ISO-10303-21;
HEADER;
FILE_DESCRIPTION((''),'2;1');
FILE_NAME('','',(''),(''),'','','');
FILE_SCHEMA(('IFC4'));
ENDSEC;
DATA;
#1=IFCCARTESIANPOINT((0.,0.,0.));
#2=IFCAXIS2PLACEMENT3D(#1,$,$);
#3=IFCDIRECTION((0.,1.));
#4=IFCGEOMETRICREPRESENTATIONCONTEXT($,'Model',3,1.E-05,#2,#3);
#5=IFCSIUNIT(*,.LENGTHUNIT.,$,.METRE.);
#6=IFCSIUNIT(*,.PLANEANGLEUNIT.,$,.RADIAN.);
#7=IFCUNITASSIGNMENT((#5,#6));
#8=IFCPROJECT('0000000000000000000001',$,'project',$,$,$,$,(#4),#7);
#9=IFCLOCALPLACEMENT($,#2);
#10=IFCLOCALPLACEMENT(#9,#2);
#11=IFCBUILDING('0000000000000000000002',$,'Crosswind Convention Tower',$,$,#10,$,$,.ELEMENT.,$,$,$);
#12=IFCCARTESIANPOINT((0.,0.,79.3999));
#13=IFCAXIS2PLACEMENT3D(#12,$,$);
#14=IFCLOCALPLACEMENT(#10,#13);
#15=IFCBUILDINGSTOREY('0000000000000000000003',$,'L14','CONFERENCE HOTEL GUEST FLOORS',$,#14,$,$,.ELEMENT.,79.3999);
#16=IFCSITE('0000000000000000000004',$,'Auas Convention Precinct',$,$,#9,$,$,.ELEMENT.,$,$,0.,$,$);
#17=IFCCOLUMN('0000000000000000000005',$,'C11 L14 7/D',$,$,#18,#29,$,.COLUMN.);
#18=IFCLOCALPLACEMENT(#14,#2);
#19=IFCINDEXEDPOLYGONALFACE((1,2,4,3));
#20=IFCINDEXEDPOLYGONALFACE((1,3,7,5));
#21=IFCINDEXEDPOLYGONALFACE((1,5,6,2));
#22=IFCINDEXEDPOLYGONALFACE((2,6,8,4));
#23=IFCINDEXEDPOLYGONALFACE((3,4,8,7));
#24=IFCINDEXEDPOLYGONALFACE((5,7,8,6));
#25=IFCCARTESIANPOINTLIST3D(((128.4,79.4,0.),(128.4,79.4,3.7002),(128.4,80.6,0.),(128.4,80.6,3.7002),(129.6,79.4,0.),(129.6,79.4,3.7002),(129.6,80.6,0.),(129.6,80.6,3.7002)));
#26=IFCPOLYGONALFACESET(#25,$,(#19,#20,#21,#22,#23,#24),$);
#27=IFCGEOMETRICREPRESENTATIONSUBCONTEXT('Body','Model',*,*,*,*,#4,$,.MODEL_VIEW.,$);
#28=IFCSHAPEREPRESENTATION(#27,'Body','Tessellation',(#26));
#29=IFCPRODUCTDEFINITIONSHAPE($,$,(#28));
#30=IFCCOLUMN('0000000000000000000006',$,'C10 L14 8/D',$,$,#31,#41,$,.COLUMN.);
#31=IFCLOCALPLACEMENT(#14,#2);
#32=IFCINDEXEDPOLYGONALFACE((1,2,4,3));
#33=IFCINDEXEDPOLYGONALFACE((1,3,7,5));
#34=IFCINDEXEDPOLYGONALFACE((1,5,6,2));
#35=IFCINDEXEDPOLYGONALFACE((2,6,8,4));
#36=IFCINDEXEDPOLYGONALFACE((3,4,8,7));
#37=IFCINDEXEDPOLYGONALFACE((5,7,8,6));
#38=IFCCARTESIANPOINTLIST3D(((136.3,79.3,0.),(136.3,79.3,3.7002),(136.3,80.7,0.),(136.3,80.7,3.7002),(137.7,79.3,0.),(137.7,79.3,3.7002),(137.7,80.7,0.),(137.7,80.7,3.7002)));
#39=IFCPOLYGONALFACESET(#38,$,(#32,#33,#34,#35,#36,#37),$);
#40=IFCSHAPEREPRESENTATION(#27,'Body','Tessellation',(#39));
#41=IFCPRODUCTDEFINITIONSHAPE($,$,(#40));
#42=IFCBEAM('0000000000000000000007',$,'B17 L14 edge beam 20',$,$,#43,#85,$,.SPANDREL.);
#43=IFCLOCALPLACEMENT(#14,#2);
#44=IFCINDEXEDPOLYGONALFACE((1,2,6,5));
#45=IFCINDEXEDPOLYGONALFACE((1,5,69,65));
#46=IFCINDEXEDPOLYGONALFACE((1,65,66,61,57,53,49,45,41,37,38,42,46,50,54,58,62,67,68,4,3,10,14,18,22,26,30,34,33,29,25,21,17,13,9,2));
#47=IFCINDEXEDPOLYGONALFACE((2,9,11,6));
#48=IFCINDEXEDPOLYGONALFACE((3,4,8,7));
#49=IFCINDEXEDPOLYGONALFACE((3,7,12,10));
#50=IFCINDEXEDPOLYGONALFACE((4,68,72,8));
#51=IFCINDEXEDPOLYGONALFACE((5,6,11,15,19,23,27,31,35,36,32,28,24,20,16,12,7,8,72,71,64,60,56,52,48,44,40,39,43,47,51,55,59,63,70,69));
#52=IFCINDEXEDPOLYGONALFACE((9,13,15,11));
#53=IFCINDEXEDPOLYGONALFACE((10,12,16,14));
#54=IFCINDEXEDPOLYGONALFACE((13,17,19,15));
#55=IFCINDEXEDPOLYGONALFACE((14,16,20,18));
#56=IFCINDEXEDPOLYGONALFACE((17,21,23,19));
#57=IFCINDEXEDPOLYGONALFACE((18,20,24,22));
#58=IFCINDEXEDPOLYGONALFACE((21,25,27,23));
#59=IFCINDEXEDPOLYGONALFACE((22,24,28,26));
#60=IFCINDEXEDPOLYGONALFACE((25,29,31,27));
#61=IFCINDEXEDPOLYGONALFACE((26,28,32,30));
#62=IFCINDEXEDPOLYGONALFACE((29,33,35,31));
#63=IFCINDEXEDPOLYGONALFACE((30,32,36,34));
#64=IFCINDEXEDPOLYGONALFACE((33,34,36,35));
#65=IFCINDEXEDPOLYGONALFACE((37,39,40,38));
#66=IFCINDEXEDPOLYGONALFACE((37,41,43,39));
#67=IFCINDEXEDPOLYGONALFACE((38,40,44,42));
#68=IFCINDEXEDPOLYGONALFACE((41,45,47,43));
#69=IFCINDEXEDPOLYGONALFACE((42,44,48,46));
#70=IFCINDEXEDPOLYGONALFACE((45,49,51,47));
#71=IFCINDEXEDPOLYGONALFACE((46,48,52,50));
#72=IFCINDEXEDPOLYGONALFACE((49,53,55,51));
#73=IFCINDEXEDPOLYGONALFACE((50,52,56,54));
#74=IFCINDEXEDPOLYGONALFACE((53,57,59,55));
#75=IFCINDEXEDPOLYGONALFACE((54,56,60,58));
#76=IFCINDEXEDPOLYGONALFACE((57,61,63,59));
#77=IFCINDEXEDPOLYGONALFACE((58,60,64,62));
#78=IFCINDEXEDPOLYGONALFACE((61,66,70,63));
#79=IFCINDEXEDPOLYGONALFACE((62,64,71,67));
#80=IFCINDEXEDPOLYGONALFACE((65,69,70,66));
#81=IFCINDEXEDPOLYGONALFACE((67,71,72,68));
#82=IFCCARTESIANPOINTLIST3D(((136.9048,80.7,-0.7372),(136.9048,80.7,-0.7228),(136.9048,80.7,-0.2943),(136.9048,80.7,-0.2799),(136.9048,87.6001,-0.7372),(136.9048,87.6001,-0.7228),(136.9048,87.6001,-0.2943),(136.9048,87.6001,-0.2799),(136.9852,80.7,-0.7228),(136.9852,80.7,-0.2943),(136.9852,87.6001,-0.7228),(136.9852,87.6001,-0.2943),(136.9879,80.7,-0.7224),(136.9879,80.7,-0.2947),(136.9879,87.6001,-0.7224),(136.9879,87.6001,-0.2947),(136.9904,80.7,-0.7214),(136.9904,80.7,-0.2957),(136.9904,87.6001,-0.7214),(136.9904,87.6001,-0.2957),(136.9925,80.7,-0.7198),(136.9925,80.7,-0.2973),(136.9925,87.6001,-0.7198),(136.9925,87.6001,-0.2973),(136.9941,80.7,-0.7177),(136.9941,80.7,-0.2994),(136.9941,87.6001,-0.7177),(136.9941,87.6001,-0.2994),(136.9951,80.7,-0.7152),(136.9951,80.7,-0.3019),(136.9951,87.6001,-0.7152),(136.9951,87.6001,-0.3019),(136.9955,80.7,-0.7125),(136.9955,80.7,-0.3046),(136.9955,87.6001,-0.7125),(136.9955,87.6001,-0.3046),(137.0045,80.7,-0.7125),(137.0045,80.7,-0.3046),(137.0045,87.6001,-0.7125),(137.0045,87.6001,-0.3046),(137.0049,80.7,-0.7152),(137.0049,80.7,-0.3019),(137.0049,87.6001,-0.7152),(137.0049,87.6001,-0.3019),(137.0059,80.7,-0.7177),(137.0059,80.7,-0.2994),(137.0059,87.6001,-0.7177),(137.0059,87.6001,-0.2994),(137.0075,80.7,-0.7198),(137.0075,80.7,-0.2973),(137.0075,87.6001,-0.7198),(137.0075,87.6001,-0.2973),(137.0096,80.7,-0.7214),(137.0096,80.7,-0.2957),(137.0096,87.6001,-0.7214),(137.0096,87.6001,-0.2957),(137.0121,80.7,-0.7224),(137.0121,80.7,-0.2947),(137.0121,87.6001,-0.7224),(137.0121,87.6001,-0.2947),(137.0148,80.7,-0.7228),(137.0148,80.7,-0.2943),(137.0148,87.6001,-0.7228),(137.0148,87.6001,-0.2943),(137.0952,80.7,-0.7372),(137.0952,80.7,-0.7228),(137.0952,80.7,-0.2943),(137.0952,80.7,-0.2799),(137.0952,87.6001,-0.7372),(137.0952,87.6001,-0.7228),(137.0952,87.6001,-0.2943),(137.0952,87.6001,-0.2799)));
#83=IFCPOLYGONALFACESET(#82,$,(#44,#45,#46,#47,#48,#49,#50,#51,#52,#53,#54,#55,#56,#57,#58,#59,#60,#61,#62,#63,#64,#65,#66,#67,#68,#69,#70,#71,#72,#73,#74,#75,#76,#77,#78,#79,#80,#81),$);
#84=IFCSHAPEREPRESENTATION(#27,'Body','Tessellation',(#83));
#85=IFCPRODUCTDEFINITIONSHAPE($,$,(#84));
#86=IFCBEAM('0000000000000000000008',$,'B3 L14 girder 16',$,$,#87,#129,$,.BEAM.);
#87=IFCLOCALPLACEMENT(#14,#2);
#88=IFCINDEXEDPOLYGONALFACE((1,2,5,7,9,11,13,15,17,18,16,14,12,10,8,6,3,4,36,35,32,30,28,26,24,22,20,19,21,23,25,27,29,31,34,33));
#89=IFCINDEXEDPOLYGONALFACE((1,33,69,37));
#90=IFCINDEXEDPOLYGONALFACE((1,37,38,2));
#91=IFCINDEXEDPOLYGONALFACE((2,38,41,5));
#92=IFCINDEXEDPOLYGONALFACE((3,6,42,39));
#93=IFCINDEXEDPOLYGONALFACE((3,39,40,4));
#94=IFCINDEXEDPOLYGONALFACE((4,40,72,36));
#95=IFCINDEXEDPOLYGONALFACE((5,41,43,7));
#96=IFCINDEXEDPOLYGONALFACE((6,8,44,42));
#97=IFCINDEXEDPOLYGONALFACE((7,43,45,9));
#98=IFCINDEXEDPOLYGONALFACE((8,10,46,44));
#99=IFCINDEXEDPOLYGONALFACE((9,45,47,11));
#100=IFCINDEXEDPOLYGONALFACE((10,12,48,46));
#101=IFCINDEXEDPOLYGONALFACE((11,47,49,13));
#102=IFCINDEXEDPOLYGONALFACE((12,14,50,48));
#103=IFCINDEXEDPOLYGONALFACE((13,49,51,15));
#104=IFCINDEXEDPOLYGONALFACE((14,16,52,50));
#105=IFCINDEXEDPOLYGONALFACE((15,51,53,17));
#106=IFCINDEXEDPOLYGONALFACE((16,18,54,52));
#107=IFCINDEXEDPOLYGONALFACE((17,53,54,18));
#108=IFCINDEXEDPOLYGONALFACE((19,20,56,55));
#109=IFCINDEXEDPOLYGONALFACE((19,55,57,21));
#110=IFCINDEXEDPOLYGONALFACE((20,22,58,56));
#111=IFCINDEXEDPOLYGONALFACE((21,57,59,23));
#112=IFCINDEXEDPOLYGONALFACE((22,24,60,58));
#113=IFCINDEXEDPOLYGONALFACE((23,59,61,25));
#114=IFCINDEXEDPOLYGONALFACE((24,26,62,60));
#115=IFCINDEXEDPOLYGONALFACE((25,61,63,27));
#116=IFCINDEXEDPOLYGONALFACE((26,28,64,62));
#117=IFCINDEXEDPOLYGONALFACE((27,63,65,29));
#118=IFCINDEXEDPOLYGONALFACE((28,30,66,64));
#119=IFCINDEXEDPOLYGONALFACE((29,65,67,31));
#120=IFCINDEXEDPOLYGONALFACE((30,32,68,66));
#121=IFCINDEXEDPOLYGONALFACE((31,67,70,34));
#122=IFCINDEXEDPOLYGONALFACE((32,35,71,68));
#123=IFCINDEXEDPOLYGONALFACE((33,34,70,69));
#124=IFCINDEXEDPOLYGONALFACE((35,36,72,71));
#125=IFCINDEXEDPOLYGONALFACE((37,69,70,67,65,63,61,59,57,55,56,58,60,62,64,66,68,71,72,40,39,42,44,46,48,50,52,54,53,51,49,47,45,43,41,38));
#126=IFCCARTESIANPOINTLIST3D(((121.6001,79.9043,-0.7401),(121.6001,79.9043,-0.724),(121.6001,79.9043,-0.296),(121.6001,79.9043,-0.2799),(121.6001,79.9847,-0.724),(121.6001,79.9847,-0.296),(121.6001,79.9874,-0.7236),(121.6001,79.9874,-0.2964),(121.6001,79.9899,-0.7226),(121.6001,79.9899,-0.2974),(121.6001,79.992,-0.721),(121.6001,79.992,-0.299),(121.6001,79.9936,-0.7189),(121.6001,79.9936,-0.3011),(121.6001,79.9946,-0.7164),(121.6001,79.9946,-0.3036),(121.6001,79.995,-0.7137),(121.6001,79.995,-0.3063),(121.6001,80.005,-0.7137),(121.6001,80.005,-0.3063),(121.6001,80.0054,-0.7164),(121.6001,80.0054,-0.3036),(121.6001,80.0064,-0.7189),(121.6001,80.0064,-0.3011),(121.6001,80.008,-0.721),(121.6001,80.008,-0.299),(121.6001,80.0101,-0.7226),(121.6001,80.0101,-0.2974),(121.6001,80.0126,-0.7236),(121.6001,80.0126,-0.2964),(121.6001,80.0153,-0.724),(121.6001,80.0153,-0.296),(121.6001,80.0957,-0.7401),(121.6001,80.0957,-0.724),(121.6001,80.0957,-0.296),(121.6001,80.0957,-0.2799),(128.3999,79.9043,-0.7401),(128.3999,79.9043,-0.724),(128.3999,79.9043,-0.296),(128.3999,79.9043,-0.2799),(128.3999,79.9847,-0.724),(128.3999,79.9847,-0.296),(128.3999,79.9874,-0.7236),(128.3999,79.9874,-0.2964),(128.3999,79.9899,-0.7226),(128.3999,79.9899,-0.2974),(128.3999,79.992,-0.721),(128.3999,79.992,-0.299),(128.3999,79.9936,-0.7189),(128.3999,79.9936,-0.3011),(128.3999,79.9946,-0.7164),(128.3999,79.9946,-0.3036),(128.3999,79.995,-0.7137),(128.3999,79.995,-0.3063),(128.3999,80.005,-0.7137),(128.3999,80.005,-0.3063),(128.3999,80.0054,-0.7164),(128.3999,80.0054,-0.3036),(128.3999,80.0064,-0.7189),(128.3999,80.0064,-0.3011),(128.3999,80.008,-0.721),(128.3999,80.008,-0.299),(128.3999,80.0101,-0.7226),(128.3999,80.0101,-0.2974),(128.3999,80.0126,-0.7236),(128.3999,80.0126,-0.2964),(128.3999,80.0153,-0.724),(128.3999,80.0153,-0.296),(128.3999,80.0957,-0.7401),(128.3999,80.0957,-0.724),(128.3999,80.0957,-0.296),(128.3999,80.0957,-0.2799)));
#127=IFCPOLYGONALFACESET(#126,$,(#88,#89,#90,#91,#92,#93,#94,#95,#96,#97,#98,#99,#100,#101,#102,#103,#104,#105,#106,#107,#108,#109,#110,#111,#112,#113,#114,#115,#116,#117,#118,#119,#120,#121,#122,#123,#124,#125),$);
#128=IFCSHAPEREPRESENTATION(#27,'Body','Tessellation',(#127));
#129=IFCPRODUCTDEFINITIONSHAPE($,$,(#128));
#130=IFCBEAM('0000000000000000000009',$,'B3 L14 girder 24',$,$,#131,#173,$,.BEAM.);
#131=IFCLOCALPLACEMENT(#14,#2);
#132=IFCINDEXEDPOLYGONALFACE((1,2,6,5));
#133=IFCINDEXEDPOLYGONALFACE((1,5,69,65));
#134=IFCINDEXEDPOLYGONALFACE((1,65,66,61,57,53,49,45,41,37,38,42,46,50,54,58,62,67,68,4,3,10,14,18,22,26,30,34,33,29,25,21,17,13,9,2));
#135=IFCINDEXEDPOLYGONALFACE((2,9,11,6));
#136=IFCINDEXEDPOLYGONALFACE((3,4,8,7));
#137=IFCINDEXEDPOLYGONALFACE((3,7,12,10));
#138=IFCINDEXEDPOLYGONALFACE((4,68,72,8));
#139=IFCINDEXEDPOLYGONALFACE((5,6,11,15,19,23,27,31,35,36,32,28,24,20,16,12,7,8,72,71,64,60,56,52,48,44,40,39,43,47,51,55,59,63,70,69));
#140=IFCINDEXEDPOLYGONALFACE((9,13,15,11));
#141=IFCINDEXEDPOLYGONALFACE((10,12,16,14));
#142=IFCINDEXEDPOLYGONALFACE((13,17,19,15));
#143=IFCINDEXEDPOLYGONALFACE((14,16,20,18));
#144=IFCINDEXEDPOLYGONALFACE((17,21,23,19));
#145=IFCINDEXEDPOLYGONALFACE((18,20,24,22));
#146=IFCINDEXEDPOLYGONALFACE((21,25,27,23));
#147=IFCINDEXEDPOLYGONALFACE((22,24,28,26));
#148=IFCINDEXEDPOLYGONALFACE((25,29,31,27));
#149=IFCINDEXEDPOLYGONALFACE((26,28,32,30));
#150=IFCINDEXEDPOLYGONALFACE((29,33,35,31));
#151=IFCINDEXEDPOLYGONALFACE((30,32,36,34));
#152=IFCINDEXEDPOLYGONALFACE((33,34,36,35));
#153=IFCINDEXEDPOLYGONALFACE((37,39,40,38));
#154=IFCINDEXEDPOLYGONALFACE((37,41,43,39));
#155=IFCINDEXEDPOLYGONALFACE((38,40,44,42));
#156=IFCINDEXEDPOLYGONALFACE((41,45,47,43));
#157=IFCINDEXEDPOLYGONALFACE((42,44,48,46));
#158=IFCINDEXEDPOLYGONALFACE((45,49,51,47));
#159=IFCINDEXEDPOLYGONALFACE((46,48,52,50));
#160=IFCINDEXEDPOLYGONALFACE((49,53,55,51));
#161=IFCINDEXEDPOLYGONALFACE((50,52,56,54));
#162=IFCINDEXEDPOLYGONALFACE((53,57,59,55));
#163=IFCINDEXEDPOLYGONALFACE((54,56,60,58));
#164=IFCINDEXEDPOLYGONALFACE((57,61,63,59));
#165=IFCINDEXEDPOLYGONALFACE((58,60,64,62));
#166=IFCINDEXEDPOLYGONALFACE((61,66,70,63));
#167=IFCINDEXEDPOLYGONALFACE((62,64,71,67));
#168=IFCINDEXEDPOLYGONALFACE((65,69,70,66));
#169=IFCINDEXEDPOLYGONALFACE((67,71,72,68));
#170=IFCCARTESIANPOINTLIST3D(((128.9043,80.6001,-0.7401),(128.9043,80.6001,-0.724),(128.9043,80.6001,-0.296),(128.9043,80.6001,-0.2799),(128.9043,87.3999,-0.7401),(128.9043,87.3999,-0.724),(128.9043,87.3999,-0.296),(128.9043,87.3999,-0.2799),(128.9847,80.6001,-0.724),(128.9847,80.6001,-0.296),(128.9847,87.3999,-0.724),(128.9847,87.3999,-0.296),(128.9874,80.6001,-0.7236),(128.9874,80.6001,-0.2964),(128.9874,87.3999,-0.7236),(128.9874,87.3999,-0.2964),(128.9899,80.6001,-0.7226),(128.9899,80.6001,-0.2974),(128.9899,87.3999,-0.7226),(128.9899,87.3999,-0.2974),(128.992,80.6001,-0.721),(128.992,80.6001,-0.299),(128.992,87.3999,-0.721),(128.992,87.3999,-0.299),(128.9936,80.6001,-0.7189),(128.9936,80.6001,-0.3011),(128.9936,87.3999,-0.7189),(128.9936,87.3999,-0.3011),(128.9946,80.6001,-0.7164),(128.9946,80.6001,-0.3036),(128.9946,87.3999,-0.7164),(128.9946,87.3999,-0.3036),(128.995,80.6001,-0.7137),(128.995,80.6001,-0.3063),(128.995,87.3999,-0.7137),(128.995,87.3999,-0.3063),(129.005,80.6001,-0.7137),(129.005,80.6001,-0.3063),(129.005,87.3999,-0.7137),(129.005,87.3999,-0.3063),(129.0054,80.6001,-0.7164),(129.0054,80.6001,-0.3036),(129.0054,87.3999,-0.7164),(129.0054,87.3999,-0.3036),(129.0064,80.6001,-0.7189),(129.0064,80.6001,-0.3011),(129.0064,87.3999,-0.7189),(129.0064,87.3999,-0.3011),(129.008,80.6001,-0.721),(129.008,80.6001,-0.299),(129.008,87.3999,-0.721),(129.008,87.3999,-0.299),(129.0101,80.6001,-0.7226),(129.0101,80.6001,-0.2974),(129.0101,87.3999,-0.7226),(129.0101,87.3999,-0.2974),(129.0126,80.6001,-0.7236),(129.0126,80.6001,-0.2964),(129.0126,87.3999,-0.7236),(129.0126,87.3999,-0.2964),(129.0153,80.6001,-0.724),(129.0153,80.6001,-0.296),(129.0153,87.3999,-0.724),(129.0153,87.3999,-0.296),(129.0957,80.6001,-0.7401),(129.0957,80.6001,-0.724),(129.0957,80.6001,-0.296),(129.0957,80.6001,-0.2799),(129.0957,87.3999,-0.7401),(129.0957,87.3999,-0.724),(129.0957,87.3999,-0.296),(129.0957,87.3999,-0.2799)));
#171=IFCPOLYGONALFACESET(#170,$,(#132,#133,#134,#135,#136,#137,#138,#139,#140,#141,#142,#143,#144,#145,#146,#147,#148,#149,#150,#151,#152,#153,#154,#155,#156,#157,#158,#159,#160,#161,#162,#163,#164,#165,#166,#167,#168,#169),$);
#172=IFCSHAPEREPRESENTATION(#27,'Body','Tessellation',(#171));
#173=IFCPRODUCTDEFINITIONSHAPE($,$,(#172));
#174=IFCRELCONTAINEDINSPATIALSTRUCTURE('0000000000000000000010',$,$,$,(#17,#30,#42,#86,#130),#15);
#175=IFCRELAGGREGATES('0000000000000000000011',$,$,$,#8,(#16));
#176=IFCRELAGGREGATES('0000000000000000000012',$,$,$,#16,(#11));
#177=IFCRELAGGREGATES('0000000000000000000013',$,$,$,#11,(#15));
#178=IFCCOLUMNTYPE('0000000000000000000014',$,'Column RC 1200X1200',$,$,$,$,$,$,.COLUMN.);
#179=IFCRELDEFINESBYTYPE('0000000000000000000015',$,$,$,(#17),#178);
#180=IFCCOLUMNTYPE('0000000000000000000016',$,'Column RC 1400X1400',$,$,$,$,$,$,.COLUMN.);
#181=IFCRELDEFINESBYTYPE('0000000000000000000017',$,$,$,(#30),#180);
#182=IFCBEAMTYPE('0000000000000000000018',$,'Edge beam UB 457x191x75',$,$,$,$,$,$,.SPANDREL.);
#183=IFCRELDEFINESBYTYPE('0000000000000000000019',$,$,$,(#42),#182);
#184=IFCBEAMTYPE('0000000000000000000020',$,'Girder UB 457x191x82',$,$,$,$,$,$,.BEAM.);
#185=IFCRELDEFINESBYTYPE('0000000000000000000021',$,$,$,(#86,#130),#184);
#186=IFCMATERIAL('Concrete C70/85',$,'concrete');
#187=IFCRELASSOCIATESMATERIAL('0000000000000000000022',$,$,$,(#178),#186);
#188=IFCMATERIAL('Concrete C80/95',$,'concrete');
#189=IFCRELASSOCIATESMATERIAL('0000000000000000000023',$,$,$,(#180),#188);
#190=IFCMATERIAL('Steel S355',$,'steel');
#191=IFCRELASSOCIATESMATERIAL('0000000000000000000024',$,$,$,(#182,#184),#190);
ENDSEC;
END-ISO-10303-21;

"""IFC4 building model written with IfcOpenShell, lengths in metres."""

from ifc_helpers import new_model, si_unit, direction, frame, origin, origin_2d, place, context, subcontext, project, spatial, rectangle, i_section, extrude, material, material_profile, profile_set, type_object, element, save


model = new_model("IFC4")

# Units and contexts
model_context = context("Model", 3, precision=1e-05, world=origin(), true_north=direction((0.0, 1.0)))
body_context = subcontext(model_context, "Body", "Model", "MODEL_VIEW")
ifc_project = project(units=[si_unit("LENGTHUNIT", "METRE"), si_unit("PLANEANGLEUNIT", "RADIAN")], contexts=[model_context])

# Site, building, storey
site_placement = place(None, origin())
site = spatial("IfcSite", under=ifc_project, at=site_placement, Name="Auas Convention Precinct", CompositionType="ELEMENT", RefElevation=0.0)
building_placement = place(site_placement, origin())
building = spatial("IfcBuilding", under=site, at=building_placement, Name="Crosswind Convention Tower", CompositionType="ELEMENT")
storey_placement = place(building_placement, frame((0.0, 0.0, 79.3999)))
storey = spatial("IfcBuildingStorey", under=building, at=storey_placement, Name="L14", Description="CONFERENCE HOTEL GUEST FLOORS", CompositionType="ELEMENT", Elevation=79.3999)

# Columns
ifc_material_1 = material(Name="Concrete C70/85", Category="concrete")
ifc_material_profile_1 = material_profile(ifc_material_1, rectangle(XDim=1.2, YDim=1.2, at=origin_2d()), Name="RC 1200X1200")
ifc_profile_set_1 = profile_set([ifc_material_profile_1], Name="Concrete C70/85")
column_type_1 = type_object("IfcColumnType", Name="Column RC 1200X1200", PredefinedType="COLUMN", material=ifc_profile_set_1)
column_1_placement = place(storey_placement, frame((129.0, 80.0, 0.0), z_axis=(0.0, 0.0, 1.0), x_axis=(1.0, 0.0, 0.0)))
element("IfcColumn", 1, at=column_1_placement, inside=storey, type_object=column_type_1, Name="C11 L14 7/D", PredefinedType="COLUMN", context=body_context, shape_type="SweptSolid", body=[
    extrude(rectangle(XDim=1.2, YDim=1.2, at=origin_2d()), origin(), (0.0, 0.0, 1.0), 3.7002),
])
ifc_material_2 = material(Name="Concrete C80/95", Category="concrete")
ifc_material_profile_2 = material_profile(ifc_material_2, rectangle(XDim=1.3999, YDim=1.3999, at=origin_2d()), Name="RC 1400X1400")
ifc_profile_set_2 = profile_set([ifc_material_profile_2], Name="Concrete C80/95")
column_type_2 = type_object("IfcColumnType", Name="Column RC 1400X1400", PredefinedType="COLUMN", material=ifc_profile_set_2)
column_2_placement = place(storey_placement, frame((137.0, 80.0, 0.0), z_axis=(0.0, 0.0, 1.0), x_axis=(1.0, 0.0, 0.0)))
element("IfcColumn", 2, at=column_2_placement, inside=storey, type_object=column_type_2, Name="C10 L14 8/D", PredefinedType="COLUMN", context=body_context, shape_type="SweptSolid", body=[
    extrude(rectangle(XDim=1.3999, YDim=1.3999, at=origin_2d()), origin(), (0.0, 0.0, 1.0), 3.7002),
])

# Beams
ifc_material_3 = material(Name="Steel S355", Category="steel")
ifc_material_profile_3 = material_profile(ifc_material_3, i_section(OverallWidth=0.1904, OverallDepth=0.4573, WebThickness=0.009, FlangeThickness=0.0144, FilletRadius=0.0103, at=origin_2d()), Name="UB 457x191x75")
ifc_profile_set_3 = profile_set([ifc_material_profile_3], Name="Steel S355")
beam_type_1 = type_object("IfcBeamType", Name="Edge beam UB 457x191x75", PredefinedType="SPANDREL", material=ifc_profile_set_3)
beam_1_placement = place(storey_placement, frame((137.0, 80.7, -0.5085), z_axis=(0.0, 1.0, 0.0), x_axis=(-1.0, 0.0, 0.0)))
element("IfcBeam", 3, at=beam_1_placement, inside=storey, type_object=beam_type_1, Name="B17 L14 edge beam 20", PredefinedType="SPANDREL", context=body_context, shape_type="SweptSolid", body=[
    extrude(i_section(OverallWidth=0.1904, OverallDepth=0.4573, WebThickness=0.009, FlangeThickness=0.0144, FilletRadius=0.0103, at=origin_2d()), origin(), (0.0, 0.0, 1.0), 6.9001),
])
ifc_material_profile_4 = material_profile(ifc_material_3, i_section(OverallWidth=0.1914, OverallDepth=0.4602, WebThickness=0.01, FlangeThickness=0.0161, FilletRadius=0.0103, at=origin_2d()), Name="UB 457x191x82")
ifc_profile_set_4 = profile_set([ifc_material_profile_4], Name="Steel S355")
beam_type_2 = type_object("IfcBeamType", Name="Girder UB 457x191x82", PredefinedType="BEAM", material=ifc_profile_set_4)
for number, where, z_axis, x_axis, name in (
    (4, (121.6001, 80.0, -0.51), (1.0, 0.0, 0.0), (0.0, 1.0, 0.0), "B3 L14 girder 16"),
    (5, (129.0, 80.6001, -0.51), (0.0, 1.0, 0.0), (-1.0, 0.0, 0.0), "B3 L14 girder 24"),
):
    element("IfcBeam", number, at=place(storey_placement, frame(where, z_axis=z_axis, x_axis=x_axis)), inside=storey, type_object=beam_type_2, Name=name, PredefinedType="BEAM", context=body_context, shape_type="SweptSolid", body=[
        extrude(i_section(OverallWidth=0.1914, OverallDepth=0.4602, WebThickness=0.01, FlangeThickness=0.0161, FilletRadius=0.0103, at=origin_2d()), origin(), (0.0, 0.0, 1.0), 6.7998),
    ])

save(model, "model.ifc")
